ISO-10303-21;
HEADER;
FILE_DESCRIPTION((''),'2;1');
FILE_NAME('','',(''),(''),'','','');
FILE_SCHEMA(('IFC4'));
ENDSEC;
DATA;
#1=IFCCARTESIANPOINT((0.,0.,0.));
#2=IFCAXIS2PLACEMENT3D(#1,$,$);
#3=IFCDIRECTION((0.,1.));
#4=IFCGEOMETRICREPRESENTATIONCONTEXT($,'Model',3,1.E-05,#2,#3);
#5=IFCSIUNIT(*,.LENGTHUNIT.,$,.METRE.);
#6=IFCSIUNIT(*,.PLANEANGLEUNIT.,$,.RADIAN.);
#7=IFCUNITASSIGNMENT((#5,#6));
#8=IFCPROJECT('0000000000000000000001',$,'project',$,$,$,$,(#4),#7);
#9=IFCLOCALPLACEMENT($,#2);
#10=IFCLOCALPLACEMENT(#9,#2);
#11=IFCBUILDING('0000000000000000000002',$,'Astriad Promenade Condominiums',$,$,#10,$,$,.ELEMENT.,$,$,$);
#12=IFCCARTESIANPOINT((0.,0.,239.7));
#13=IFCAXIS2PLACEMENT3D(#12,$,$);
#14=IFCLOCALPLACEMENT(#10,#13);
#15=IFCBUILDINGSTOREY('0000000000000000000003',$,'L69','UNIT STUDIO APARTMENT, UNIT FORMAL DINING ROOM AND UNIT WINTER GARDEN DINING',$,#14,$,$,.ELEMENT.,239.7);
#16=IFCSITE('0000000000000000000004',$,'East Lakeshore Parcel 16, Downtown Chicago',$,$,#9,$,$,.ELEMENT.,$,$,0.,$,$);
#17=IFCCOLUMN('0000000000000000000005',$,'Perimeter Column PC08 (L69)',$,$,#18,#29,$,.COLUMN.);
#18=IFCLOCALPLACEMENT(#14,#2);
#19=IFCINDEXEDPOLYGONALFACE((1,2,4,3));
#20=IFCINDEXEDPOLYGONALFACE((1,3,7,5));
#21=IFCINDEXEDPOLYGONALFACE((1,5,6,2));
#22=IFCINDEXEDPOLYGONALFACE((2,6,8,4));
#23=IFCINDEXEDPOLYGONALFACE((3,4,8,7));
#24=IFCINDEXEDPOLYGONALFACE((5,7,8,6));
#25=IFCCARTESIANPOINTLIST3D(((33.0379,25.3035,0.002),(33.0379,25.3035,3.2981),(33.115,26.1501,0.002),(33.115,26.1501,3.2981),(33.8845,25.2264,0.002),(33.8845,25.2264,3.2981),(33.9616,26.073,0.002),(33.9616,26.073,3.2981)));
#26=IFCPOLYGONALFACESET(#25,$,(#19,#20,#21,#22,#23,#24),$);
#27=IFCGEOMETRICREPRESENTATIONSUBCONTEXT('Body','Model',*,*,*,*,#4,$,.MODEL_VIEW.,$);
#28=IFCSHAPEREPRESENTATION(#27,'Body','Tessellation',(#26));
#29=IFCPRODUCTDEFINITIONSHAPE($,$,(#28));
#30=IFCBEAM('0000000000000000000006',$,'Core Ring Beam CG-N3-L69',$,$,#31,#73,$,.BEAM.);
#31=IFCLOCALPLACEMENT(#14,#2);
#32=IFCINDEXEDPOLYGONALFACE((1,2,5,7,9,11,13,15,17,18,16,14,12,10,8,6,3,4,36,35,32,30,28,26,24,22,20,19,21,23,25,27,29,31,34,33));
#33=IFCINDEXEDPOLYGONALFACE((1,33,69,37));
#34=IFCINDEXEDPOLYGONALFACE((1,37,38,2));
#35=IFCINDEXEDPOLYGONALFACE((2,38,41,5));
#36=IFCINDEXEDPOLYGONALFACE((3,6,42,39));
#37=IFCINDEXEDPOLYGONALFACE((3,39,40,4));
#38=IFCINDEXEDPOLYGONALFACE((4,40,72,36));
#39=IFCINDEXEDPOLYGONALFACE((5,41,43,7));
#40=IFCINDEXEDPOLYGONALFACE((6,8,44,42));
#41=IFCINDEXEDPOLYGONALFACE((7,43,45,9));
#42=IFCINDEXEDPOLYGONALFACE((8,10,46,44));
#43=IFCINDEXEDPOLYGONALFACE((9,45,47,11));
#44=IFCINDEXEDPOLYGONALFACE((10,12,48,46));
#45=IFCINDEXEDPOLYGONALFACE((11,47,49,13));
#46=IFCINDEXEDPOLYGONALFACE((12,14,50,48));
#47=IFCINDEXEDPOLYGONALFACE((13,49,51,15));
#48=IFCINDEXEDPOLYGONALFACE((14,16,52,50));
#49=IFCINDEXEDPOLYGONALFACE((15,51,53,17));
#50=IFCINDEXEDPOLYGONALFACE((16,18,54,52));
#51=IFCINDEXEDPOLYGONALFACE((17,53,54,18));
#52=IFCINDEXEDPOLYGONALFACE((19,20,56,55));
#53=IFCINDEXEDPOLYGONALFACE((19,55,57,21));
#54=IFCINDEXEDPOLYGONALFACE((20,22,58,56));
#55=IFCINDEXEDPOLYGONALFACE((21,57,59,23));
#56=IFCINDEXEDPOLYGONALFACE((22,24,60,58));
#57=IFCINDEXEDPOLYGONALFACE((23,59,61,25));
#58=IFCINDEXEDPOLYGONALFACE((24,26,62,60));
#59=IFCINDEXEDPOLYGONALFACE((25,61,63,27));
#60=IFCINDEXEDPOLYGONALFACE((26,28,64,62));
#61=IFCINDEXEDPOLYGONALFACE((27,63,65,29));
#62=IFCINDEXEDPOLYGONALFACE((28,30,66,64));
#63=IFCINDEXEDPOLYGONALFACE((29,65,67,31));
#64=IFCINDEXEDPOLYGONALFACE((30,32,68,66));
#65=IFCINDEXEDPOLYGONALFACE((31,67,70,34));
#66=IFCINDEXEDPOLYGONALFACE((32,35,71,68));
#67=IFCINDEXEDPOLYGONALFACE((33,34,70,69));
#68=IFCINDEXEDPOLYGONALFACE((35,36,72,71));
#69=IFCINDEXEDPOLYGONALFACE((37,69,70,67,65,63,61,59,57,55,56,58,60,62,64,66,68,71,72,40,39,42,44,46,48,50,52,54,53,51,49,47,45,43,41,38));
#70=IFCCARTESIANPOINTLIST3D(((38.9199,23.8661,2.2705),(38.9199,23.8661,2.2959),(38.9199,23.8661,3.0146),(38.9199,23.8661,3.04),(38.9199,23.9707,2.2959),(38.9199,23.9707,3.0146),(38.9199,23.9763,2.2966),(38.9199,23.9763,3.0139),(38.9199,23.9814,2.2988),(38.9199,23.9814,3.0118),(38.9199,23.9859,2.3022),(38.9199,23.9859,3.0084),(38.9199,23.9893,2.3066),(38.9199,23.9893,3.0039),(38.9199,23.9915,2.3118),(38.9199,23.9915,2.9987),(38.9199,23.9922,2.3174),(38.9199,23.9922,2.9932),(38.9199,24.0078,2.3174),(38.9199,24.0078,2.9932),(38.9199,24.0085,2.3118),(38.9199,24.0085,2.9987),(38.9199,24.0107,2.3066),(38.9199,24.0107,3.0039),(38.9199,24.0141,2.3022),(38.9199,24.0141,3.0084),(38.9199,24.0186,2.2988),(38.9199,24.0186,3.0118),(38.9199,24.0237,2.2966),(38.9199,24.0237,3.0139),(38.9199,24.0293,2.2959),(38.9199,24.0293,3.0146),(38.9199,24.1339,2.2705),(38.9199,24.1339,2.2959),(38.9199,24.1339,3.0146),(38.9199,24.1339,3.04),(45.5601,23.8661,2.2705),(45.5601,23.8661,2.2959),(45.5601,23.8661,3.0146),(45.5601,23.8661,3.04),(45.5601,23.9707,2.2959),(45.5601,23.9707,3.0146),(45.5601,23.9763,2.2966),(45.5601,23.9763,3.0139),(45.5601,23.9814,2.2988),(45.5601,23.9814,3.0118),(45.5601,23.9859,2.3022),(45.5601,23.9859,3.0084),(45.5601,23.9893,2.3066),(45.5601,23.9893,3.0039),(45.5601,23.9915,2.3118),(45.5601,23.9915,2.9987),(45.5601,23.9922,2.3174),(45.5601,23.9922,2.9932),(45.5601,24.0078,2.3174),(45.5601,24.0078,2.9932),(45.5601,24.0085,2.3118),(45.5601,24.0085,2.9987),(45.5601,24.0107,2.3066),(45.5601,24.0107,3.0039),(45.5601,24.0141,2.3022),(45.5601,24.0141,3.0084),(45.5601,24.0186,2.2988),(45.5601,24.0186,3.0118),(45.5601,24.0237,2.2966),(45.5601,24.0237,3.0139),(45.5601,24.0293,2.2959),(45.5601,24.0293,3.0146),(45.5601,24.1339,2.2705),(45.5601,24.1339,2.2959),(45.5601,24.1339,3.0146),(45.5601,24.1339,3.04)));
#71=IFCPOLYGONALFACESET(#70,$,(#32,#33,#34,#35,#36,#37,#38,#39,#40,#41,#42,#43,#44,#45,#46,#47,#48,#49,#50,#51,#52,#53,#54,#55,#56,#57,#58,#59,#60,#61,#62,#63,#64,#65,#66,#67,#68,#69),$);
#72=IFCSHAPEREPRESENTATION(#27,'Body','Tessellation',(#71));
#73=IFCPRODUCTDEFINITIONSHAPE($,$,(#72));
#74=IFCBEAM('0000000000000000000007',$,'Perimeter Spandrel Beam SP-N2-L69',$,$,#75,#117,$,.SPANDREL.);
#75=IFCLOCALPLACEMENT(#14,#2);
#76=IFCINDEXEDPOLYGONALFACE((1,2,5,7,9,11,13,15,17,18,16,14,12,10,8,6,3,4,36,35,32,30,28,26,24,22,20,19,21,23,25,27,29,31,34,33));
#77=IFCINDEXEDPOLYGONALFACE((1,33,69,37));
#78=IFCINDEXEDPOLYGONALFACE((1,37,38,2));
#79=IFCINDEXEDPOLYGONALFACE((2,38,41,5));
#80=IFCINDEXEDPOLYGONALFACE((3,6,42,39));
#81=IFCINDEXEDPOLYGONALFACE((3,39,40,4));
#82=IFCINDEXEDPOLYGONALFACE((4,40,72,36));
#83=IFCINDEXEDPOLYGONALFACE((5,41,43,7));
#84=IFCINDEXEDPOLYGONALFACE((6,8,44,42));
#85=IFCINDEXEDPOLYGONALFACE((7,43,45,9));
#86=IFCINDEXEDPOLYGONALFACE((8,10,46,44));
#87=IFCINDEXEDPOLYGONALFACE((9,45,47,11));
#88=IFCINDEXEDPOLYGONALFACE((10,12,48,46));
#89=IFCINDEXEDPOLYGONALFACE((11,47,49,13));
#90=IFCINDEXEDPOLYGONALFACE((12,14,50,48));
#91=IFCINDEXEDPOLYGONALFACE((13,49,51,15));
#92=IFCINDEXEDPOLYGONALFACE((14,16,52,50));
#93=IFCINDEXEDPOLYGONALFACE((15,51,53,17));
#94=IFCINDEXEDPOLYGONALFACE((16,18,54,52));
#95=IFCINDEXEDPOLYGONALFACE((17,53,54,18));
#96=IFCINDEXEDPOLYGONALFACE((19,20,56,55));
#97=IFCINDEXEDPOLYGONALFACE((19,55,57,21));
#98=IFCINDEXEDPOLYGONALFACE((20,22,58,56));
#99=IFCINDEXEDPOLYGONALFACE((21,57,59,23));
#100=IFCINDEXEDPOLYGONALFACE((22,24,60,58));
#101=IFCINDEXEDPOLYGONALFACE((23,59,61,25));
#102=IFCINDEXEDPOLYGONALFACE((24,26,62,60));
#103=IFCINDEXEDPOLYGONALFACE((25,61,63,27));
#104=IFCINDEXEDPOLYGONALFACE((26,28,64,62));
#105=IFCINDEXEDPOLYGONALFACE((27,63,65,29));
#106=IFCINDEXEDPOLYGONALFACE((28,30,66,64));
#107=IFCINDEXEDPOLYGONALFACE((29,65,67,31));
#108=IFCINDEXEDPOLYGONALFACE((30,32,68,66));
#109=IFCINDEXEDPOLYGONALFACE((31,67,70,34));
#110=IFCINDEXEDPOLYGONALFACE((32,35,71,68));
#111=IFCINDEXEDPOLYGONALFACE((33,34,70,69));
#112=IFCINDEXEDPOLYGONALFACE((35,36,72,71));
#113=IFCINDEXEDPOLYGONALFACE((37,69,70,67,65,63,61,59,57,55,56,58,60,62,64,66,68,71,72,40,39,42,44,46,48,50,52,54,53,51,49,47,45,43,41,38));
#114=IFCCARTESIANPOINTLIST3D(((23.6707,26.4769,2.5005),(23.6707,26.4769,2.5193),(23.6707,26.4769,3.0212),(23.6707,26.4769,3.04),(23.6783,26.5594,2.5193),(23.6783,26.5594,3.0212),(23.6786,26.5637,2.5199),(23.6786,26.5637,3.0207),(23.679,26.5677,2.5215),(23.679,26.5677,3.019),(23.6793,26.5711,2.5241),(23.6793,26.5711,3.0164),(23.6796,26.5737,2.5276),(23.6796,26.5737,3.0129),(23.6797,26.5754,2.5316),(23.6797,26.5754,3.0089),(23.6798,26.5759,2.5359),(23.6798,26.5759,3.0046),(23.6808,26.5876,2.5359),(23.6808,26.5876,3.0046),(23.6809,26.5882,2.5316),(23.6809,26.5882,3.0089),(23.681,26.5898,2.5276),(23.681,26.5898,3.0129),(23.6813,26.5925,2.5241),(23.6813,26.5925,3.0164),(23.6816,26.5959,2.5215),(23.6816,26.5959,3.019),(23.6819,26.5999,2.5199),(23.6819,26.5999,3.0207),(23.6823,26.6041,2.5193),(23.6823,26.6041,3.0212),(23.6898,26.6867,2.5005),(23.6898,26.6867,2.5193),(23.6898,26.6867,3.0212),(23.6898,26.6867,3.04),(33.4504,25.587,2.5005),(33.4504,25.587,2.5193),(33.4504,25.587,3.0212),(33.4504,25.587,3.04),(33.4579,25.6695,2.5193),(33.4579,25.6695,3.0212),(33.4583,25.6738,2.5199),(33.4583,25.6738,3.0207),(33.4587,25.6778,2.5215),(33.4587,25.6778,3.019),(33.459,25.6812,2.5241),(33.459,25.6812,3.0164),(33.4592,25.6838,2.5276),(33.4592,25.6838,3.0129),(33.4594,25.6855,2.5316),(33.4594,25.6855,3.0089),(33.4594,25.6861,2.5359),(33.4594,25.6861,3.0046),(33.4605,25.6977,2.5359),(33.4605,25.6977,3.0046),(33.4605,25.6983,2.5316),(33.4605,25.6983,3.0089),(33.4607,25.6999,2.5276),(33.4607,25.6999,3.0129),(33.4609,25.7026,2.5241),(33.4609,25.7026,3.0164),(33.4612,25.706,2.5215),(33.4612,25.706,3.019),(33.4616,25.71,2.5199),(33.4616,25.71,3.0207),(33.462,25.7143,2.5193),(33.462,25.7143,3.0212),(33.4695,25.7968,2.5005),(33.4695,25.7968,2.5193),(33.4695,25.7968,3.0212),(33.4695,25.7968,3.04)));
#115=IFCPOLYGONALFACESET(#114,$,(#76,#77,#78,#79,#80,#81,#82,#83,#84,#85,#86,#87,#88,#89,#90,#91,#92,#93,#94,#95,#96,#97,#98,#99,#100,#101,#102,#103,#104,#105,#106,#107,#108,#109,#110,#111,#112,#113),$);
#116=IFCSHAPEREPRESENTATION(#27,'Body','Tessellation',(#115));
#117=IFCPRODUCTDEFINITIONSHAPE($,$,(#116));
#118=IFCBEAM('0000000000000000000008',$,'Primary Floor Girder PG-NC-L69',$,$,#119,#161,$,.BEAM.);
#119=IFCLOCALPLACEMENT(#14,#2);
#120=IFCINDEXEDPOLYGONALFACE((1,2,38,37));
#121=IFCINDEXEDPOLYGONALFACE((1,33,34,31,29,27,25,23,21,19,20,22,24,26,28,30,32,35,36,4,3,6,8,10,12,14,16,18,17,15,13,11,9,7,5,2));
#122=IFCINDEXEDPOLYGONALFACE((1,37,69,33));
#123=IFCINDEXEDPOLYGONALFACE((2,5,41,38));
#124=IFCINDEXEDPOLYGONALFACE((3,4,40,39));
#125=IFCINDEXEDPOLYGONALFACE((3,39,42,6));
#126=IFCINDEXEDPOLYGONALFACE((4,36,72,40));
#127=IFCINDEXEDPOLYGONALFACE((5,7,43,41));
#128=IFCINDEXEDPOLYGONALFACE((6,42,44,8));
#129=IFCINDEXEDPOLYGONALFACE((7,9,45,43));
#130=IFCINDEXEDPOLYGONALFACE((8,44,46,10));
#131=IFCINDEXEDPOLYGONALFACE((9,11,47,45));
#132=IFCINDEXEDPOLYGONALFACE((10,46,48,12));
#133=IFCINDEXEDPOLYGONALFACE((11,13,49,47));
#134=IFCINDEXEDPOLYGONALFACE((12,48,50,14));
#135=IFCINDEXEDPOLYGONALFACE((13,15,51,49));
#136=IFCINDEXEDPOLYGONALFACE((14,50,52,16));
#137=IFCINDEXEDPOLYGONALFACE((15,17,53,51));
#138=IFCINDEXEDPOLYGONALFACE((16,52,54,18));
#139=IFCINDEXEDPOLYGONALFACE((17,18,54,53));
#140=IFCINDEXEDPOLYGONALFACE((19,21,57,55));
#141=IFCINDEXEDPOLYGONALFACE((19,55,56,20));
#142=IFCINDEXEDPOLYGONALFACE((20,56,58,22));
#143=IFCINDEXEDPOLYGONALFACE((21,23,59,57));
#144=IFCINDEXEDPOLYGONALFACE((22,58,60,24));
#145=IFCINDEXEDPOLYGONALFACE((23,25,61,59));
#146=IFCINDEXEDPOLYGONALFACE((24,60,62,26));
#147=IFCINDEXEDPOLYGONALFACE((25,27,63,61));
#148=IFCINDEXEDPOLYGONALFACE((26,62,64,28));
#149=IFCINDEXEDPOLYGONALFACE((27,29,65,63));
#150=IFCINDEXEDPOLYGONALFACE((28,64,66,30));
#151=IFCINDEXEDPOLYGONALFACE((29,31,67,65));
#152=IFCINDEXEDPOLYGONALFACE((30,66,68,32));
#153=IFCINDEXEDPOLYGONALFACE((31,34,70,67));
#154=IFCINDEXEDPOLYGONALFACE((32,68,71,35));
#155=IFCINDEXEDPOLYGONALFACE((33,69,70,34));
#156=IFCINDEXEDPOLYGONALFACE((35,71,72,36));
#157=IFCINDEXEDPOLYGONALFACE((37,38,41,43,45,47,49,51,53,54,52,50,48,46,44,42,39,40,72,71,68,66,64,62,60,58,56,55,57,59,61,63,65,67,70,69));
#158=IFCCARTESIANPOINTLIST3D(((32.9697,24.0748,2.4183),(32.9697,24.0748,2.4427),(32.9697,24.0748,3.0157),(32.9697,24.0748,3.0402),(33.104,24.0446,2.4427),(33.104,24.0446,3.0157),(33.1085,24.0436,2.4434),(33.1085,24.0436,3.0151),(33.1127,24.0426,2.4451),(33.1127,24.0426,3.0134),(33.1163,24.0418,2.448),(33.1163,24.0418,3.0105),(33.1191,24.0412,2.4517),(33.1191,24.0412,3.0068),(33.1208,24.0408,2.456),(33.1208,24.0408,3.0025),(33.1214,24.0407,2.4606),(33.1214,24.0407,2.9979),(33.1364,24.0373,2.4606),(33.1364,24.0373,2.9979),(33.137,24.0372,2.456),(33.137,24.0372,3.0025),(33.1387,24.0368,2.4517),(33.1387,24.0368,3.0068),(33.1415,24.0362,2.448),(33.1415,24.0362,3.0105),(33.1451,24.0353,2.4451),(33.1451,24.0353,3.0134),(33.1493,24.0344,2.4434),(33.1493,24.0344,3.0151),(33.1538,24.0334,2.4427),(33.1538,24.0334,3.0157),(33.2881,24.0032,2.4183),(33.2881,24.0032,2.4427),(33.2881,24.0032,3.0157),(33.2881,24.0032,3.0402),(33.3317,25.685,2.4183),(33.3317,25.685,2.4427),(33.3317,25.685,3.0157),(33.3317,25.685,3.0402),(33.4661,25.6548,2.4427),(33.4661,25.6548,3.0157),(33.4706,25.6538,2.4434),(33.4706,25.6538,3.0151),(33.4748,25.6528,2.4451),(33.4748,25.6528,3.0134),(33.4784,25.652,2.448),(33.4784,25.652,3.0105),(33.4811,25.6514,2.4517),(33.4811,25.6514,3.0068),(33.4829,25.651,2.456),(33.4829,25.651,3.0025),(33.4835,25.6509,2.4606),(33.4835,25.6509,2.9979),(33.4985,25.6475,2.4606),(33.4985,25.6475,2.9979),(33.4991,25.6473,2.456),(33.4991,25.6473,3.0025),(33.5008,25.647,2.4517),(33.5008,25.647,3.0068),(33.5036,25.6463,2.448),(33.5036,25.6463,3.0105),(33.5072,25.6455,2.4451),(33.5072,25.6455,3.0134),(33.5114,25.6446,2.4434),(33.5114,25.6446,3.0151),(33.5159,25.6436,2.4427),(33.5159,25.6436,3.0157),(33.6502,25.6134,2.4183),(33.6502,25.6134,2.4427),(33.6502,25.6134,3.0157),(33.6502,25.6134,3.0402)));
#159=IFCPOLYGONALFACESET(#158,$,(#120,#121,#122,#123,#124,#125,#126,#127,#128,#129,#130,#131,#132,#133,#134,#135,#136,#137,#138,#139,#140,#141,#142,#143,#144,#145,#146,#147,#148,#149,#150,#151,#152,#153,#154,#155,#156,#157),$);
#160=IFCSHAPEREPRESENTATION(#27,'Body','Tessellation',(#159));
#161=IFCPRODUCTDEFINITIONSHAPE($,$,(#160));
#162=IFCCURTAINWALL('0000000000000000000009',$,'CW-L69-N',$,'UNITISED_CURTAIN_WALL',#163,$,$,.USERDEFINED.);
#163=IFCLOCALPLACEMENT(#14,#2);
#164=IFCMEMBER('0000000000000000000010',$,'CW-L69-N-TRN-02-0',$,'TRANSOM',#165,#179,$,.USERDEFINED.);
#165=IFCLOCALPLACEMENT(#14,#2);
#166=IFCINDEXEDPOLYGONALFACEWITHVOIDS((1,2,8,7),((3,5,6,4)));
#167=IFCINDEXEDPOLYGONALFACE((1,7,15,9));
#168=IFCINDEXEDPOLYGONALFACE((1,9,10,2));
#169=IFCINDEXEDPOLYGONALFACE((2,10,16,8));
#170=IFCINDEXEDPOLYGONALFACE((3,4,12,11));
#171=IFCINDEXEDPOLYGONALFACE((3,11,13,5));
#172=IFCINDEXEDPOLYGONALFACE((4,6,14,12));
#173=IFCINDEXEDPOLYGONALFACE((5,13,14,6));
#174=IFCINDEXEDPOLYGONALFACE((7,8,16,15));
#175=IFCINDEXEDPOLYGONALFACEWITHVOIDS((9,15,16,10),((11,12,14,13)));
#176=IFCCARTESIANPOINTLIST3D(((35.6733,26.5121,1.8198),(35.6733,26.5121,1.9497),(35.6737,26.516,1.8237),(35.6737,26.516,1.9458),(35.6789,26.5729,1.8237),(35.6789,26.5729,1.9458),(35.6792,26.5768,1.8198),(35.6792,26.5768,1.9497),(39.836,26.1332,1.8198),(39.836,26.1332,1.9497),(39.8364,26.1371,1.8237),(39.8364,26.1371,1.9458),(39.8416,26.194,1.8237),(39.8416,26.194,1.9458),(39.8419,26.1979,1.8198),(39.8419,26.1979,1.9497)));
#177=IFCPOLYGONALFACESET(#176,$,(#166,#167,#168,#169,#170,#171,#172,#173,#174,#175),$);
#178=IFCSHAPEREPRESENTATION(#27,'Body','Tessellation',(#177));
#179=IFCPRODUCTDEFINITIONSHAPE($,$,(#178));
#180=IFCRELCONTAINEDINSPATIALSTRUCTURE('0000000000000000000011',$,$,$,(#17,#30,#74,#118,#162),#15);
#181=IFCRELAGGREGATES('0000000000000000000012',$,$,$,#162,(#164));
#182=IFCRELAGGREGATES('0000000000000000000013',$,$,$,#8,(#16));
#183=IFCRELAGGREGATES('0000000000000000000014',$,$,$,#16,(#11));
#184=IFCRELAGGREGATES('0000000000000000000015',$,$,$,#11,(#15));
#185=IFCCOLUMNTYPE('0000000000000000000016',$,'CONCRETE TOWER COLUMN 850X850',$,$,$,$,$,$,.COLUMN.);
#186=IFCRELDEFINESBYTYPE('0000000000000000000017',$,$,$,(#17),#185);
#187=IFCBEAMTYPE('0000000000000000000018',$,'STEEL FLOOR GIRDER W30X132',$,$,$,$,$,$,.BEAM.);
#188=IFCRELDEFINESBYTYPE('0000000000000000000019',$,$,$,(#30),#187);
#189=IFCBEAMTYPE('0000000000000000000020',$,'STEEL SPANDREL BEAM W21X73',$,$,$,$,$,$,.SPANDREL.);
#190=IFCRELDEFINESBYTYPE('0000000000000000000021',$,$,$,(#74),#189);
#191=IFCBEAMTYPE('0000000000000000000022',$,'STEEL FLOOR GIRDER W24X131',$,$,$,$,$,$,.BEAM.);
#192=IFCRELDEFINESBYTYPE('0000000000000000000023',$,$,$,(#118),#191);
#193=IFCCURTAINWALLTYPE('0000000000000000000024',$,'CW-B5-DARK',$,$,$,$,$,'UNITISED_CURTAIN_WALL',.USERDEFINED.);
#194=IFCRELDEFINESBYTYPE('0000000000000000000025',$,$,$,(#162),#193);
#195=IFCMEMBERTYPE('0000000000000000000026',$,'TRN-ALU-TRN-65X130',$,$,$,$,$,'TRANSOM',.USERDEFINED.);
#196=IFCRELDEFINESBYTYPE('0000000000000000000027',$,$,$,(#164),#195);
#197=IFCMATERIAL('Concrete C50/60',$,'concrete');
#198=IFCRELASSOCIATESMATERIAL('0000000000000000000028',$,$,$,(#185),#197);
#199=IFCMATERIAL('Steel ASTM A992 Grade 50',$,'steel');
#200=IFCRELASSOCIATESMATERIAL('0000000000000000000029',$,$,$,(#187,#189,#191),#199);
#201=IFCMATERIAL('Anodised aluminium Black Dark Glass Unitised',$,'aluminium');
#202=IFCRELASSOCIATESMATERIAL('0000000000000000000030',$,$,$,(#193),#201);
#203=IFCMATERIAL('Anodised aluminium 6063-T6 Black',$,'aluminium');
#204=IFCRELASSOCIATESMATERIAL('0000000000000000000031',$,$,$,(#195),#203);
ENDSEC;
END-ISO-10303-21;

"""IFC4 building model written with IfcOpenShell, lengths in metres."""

from ifc_helpers import new_model, si_unit, direction, frame, origin, origin_2d, place, context, subcontext, project, spatial, rectangle, hollow_rectangle, i_section, extrude, source, transform, mapped, material, material_profile, profile_set, type_object, type_shapes, element, aggregate, save


model = new_model("IFC4")

# Units and contexts
model_context = context("Model", 3, precision=1e-05, world=origin(), true_north=direction((0.0, 1.0)))
body_context = subcontext(model_context, "Body", "Model", "MODEL_VIEW")
ifc_project = project(units=[si_unit("LENGTHUNIT", "METRE"), si_unit("PLANEANGLEUNIT", "RADIAN")], contexts=[model_context])

# Site, building, storey
site_placement = place(None, origin())
site = spatial("IfcSite", under=ifc_project, at=site_placement, Name="East Lakeshore Parcel 16, Downtown Chicago", CompositionType="ELEMENT", RefElevation=0.0)
building_placement = place(site_placement, origin())
building = spatial("IfcBuilding", under=site, at=building_placement, Name="Astriad Promenade Condominiums", CompositionType="ELEMENT")
storey_placement = place(building_placement, frame((0.0, 0.0, 239.7)))
storey = spatial("IfcBuildingStorey", under=building, at=storey_placement, Name="L69", Description="UNIT STUDIO APARTMENT, UNIT FORMAL DINING ROOM AND UNIT WINTER GARDEN DINING", CompositionType="ELEMENT", Elevation=239.7)

# Column
ifc_material_1 = material(Name="Concrete C50/60", Category="concrete")
ifc_material_profile_1 = material_profile(ifc_material_1, rectangle(XDim=0.8501, YDim=0.8501, at=origin_2d()), Name="RC-COL-850X850")
ifc_profile_set_1 = profile_set([ifc_material_profile_1], Name="Concrete C50/60")
column_type = type_object("IfcColumnType", Name="CONCRETE TOWER COLUMN 850X850", PredefinedType="COLUMN", material=ifc_profile_set_1)
shared_shape_1 = source(origin(), body_context, "Body", "SweptSolid", [
    extrude(rectangle(XDim=0.8501, YDim=0.8501, at=origin_2d()), origin(), (0.0, 0.0, 1.0), 3.2961),
])
type_shapes(column_type, [shared_shape_1])
column_placement = place(storey_placement, frame((33.4998, 25.6882, 0.002), z_axis=(0.0, 0.0, 1.0), x_axis=(0.995884, -0.090633, 0.0)))
element("IfcColumn", 1, at=column_placement, inside=storey, type_object=column_type, Name="Perimeter Column PC08 (L69)", PredefinedType="COLUMN", context=body_context, shape_type="MappedRepresentation", body=[
    mapped(shared_shape_1, transform((0.0, 0.0, 0.0), scale=1.0)),
])

# Beams
ifc_material_2 = material(Name="Steel ASTM A992 Grade 50", Category="steel")
ifc_material_profile_2 = material_profile(ifc_material_2, i_section(OverallWidth=0.2678, OverallDepth=0.7695, WebThickness=0.0156, FlangeThickness=0.0254, FilletRadius=0.0215, at=origin_2d()), Name="W30X132")
ifc_profile_set_2 = profile_set([ifc_material_profile_2], Name="Steel ASTM A992 Grade 50")
beam_type_1 = type_object("IfcBeamType", Name="STEEL FLOOR GIRDER W30X132", PredefinedType="BEAM", material=ifc_profile_set_2)
shared_shape_2 = source(origin(), body_context, "Body", "SweptSolid", [
    extrude(i_section(OverallWidth=0.2678, OverallDepth=0.7695, WebThickness=0.0156, FlangeThickness=0.0254, FilletRadius=0.0215, at=origin_2d()), origin(), (0.0, 0.0, 1.0), 6.6401),
])
type_shapes(beam_type_1, [shared_shape_2])
beam_1_placement = place(storey_placement, frame((38.9199, 24.0, 2.6553), z_axis=(1.0, 0.0, 0.0), x_axis=(0.0, 1.0, 0.0)))
element("IfcBeam", 2, at=beam_1_placement, inside=storey, type_object=beam_type_1, Name="Core Ring Beam CG-N3-L69", PredefinedType="BEAM", context=body_context, shape_type="MappedRepresentation", body=[
    mapped(shared_shape_2, transform((0.0, 0.0, 0.0), scale=1.0)),
])
ifc_material_profile_3 = material_profile(ifc_material_2, i_section(OverallWidth=0.2107, OverallDepth=0.5396, WebThickness=0.0117, FlangeThickness=0.0188, FilletRadius=0.0166, at=origin_2d()), Name="W21X73")
ifc_profile_set_3 = profile_set([ifc_material_profile_3], Name="Steel ASTM A992 Grade 50")
beam_type_2 = type_object("IfcBeamType", Name="STEEL SPANDREL BEAM W21X73", PredefinedType="SPANDREL", material=ifc_profile_set_3)
shared_shape_3 = source(origin(), body_context, "Body", "SweptSolid", [
    extrude(i_section(OverallWidth=0.2107, OverallDepth=0.5396, WebThickness=0.0117, FlangeThickness=0.0188, FilletRadius=0.0166, at=origin_2d()), origin(), (0.0, 0.0, 1.0), 9.8201),
])
type_shapes(beam_type_2, [shared_shape_3])
beam_2_placement = place(storey_placement, frame((33.46, 25.6919, 2.7703), z_axis=(-0.995886, 0.090619, 0.0), x_axis=(-0.090619, -0.995886, 0.0)))
element("IfcBeam", 3, at=beam_2_placement, inside=storey, type_object=beam_type_2, Name="Perimeter Spandrel Beam SP-N2-L69", PredefinedType="SPANDREL", context=body_context, shape_type="MappedRepresentation", body=[
    mapped(shared_shape_3, transform((0.0, 0.0, 0.0), scale=1.0)),
])
ifc_material_profile_4 = material_profile(ifc_material_2, i_section(OverallWidth=0.3264, OverallDepth=0.6218, WebThickness=0.0154, FlangeThickness=0.0244, FilletRadius=0.0178, at=origin_2d()), Name="W24X131")
ifc_profile_set_4 = profile_set([ifc_material_profile_4], Name="Steel ASTM A992 Grade 50")
beam_type_3 = type_object("IfcBeamType", Name="STEEL FLOOR GIRDER W24X131", PredefinedType="BEAM", material=ifc_profile_set_4)
shared_shape_4 = source(origin(), body_context, "Body", "SweptSolid", [
    extrude(i_section(OverallWidth=0.3264, OverallDepth=0.6218, WebThickness=0.0154, FlangeThickness=0.0244, FilletRadius=0.0178, at=origin_2d()), origin(), (0.0, 0.0, 1.0), 1.6504),
])
type_shapes(beam_type_3, [shared_shape_4])
beam_3_placement = place(storey_placement, frame((33.491, 25.6492, 2.7292), z_axis=(-0.219389, -0.975637, 0.0), x_axis=(0.975637, -0.219389, 0.0)))
element("IfcBeam", 4, at=beam_3_placement, inside=storey, type_object=beam_type_3, Name="Primary Floor Girder PG-NC-L69", PredefinedType="BEAM", context=body_context, shape_type="MappedRepresentation", body=[
    mapped(shared_shape_4, transform((0.0, 0.0, 0.0), scale=1.0)),
])

# Curtain wall, member
ifc_material_3 = material(Name="Anodised aluminium Black Dark Glass Unitised", Category="aluminium")
curtain_wall_type = type_object("IfcCurtainWallType", Name="CW-B5-DARK", ElementType="UNITISED_CURTAIN_WALL", PredefinedType="USERDEFINED", material=ifc_material_3)
curtain_wall_placement = place(storey_placement, origin())
curtain_wall = element("IfcCurtainWall", 5, at=curtain_wall_placement, inside=storey, type_object=curtain_wall_type, Name="CW-L69-N", ObjectType="UNITISED_CURTAIN_WALL", PredefinedType="USERDEFINED")
ifc_material_4 = material(Name="Anodised aluminium 6063-T6 Black", Category="aluminium")
ifc_material_profile_5 = material_profile(ifc_material_4, hollow_rectangle(XDim=0.0649, YDim=0.1299, WallThickness=0.0039, at=origin_2d()), Name="ALU-TRN-65X130")
ifc_profile_set_5 = profile_set([ifc_material_profile_5], Name="Anodised aluminium 6063-T6 Black")
member_type_1 = type_object("IfcMemberType", Name="TRN-ALU-TRN-65X130", ElementType="TRANSOM", PredefinedType="USERDEFINED", material=ifc_profile_set_5)
shared_shape_5 = source(origin(), body_context, "Body", "SweptSolid", [
    extrude(hollow_rectangle(XDim=0.0649, YDim=0.1299, WallThickness=0.0039, at=origin_2d()), origin(), (0.0, 0.0, 1.0), 4.1799),
])
type_shapes(member_type_1, [shared_shape_5])
member_1_placement = place(storey_placement, frame((35.6763, 26.5444, 1.8848), z_axis=(0.995883, -0.090646, 0.0), x_axis=(0.090646, 0.995883, 0.0)))
member_1 = element("IfcMember", 6, at=member_1_placement, type_object=member_type_1, Name="CW-L69-N-TRN-02-0", ObjectType="TRANSOM", PredefinedType="USERDEFINED", context=body_context, shape_type="MappedRepresentation", body=[
    mapped(shared_shape_5, transform((0.0, 0.0, 0.0), scale=1.0)),
])
aggregate(curtain_wall, [member_1])

save(model, "model.ifc")
